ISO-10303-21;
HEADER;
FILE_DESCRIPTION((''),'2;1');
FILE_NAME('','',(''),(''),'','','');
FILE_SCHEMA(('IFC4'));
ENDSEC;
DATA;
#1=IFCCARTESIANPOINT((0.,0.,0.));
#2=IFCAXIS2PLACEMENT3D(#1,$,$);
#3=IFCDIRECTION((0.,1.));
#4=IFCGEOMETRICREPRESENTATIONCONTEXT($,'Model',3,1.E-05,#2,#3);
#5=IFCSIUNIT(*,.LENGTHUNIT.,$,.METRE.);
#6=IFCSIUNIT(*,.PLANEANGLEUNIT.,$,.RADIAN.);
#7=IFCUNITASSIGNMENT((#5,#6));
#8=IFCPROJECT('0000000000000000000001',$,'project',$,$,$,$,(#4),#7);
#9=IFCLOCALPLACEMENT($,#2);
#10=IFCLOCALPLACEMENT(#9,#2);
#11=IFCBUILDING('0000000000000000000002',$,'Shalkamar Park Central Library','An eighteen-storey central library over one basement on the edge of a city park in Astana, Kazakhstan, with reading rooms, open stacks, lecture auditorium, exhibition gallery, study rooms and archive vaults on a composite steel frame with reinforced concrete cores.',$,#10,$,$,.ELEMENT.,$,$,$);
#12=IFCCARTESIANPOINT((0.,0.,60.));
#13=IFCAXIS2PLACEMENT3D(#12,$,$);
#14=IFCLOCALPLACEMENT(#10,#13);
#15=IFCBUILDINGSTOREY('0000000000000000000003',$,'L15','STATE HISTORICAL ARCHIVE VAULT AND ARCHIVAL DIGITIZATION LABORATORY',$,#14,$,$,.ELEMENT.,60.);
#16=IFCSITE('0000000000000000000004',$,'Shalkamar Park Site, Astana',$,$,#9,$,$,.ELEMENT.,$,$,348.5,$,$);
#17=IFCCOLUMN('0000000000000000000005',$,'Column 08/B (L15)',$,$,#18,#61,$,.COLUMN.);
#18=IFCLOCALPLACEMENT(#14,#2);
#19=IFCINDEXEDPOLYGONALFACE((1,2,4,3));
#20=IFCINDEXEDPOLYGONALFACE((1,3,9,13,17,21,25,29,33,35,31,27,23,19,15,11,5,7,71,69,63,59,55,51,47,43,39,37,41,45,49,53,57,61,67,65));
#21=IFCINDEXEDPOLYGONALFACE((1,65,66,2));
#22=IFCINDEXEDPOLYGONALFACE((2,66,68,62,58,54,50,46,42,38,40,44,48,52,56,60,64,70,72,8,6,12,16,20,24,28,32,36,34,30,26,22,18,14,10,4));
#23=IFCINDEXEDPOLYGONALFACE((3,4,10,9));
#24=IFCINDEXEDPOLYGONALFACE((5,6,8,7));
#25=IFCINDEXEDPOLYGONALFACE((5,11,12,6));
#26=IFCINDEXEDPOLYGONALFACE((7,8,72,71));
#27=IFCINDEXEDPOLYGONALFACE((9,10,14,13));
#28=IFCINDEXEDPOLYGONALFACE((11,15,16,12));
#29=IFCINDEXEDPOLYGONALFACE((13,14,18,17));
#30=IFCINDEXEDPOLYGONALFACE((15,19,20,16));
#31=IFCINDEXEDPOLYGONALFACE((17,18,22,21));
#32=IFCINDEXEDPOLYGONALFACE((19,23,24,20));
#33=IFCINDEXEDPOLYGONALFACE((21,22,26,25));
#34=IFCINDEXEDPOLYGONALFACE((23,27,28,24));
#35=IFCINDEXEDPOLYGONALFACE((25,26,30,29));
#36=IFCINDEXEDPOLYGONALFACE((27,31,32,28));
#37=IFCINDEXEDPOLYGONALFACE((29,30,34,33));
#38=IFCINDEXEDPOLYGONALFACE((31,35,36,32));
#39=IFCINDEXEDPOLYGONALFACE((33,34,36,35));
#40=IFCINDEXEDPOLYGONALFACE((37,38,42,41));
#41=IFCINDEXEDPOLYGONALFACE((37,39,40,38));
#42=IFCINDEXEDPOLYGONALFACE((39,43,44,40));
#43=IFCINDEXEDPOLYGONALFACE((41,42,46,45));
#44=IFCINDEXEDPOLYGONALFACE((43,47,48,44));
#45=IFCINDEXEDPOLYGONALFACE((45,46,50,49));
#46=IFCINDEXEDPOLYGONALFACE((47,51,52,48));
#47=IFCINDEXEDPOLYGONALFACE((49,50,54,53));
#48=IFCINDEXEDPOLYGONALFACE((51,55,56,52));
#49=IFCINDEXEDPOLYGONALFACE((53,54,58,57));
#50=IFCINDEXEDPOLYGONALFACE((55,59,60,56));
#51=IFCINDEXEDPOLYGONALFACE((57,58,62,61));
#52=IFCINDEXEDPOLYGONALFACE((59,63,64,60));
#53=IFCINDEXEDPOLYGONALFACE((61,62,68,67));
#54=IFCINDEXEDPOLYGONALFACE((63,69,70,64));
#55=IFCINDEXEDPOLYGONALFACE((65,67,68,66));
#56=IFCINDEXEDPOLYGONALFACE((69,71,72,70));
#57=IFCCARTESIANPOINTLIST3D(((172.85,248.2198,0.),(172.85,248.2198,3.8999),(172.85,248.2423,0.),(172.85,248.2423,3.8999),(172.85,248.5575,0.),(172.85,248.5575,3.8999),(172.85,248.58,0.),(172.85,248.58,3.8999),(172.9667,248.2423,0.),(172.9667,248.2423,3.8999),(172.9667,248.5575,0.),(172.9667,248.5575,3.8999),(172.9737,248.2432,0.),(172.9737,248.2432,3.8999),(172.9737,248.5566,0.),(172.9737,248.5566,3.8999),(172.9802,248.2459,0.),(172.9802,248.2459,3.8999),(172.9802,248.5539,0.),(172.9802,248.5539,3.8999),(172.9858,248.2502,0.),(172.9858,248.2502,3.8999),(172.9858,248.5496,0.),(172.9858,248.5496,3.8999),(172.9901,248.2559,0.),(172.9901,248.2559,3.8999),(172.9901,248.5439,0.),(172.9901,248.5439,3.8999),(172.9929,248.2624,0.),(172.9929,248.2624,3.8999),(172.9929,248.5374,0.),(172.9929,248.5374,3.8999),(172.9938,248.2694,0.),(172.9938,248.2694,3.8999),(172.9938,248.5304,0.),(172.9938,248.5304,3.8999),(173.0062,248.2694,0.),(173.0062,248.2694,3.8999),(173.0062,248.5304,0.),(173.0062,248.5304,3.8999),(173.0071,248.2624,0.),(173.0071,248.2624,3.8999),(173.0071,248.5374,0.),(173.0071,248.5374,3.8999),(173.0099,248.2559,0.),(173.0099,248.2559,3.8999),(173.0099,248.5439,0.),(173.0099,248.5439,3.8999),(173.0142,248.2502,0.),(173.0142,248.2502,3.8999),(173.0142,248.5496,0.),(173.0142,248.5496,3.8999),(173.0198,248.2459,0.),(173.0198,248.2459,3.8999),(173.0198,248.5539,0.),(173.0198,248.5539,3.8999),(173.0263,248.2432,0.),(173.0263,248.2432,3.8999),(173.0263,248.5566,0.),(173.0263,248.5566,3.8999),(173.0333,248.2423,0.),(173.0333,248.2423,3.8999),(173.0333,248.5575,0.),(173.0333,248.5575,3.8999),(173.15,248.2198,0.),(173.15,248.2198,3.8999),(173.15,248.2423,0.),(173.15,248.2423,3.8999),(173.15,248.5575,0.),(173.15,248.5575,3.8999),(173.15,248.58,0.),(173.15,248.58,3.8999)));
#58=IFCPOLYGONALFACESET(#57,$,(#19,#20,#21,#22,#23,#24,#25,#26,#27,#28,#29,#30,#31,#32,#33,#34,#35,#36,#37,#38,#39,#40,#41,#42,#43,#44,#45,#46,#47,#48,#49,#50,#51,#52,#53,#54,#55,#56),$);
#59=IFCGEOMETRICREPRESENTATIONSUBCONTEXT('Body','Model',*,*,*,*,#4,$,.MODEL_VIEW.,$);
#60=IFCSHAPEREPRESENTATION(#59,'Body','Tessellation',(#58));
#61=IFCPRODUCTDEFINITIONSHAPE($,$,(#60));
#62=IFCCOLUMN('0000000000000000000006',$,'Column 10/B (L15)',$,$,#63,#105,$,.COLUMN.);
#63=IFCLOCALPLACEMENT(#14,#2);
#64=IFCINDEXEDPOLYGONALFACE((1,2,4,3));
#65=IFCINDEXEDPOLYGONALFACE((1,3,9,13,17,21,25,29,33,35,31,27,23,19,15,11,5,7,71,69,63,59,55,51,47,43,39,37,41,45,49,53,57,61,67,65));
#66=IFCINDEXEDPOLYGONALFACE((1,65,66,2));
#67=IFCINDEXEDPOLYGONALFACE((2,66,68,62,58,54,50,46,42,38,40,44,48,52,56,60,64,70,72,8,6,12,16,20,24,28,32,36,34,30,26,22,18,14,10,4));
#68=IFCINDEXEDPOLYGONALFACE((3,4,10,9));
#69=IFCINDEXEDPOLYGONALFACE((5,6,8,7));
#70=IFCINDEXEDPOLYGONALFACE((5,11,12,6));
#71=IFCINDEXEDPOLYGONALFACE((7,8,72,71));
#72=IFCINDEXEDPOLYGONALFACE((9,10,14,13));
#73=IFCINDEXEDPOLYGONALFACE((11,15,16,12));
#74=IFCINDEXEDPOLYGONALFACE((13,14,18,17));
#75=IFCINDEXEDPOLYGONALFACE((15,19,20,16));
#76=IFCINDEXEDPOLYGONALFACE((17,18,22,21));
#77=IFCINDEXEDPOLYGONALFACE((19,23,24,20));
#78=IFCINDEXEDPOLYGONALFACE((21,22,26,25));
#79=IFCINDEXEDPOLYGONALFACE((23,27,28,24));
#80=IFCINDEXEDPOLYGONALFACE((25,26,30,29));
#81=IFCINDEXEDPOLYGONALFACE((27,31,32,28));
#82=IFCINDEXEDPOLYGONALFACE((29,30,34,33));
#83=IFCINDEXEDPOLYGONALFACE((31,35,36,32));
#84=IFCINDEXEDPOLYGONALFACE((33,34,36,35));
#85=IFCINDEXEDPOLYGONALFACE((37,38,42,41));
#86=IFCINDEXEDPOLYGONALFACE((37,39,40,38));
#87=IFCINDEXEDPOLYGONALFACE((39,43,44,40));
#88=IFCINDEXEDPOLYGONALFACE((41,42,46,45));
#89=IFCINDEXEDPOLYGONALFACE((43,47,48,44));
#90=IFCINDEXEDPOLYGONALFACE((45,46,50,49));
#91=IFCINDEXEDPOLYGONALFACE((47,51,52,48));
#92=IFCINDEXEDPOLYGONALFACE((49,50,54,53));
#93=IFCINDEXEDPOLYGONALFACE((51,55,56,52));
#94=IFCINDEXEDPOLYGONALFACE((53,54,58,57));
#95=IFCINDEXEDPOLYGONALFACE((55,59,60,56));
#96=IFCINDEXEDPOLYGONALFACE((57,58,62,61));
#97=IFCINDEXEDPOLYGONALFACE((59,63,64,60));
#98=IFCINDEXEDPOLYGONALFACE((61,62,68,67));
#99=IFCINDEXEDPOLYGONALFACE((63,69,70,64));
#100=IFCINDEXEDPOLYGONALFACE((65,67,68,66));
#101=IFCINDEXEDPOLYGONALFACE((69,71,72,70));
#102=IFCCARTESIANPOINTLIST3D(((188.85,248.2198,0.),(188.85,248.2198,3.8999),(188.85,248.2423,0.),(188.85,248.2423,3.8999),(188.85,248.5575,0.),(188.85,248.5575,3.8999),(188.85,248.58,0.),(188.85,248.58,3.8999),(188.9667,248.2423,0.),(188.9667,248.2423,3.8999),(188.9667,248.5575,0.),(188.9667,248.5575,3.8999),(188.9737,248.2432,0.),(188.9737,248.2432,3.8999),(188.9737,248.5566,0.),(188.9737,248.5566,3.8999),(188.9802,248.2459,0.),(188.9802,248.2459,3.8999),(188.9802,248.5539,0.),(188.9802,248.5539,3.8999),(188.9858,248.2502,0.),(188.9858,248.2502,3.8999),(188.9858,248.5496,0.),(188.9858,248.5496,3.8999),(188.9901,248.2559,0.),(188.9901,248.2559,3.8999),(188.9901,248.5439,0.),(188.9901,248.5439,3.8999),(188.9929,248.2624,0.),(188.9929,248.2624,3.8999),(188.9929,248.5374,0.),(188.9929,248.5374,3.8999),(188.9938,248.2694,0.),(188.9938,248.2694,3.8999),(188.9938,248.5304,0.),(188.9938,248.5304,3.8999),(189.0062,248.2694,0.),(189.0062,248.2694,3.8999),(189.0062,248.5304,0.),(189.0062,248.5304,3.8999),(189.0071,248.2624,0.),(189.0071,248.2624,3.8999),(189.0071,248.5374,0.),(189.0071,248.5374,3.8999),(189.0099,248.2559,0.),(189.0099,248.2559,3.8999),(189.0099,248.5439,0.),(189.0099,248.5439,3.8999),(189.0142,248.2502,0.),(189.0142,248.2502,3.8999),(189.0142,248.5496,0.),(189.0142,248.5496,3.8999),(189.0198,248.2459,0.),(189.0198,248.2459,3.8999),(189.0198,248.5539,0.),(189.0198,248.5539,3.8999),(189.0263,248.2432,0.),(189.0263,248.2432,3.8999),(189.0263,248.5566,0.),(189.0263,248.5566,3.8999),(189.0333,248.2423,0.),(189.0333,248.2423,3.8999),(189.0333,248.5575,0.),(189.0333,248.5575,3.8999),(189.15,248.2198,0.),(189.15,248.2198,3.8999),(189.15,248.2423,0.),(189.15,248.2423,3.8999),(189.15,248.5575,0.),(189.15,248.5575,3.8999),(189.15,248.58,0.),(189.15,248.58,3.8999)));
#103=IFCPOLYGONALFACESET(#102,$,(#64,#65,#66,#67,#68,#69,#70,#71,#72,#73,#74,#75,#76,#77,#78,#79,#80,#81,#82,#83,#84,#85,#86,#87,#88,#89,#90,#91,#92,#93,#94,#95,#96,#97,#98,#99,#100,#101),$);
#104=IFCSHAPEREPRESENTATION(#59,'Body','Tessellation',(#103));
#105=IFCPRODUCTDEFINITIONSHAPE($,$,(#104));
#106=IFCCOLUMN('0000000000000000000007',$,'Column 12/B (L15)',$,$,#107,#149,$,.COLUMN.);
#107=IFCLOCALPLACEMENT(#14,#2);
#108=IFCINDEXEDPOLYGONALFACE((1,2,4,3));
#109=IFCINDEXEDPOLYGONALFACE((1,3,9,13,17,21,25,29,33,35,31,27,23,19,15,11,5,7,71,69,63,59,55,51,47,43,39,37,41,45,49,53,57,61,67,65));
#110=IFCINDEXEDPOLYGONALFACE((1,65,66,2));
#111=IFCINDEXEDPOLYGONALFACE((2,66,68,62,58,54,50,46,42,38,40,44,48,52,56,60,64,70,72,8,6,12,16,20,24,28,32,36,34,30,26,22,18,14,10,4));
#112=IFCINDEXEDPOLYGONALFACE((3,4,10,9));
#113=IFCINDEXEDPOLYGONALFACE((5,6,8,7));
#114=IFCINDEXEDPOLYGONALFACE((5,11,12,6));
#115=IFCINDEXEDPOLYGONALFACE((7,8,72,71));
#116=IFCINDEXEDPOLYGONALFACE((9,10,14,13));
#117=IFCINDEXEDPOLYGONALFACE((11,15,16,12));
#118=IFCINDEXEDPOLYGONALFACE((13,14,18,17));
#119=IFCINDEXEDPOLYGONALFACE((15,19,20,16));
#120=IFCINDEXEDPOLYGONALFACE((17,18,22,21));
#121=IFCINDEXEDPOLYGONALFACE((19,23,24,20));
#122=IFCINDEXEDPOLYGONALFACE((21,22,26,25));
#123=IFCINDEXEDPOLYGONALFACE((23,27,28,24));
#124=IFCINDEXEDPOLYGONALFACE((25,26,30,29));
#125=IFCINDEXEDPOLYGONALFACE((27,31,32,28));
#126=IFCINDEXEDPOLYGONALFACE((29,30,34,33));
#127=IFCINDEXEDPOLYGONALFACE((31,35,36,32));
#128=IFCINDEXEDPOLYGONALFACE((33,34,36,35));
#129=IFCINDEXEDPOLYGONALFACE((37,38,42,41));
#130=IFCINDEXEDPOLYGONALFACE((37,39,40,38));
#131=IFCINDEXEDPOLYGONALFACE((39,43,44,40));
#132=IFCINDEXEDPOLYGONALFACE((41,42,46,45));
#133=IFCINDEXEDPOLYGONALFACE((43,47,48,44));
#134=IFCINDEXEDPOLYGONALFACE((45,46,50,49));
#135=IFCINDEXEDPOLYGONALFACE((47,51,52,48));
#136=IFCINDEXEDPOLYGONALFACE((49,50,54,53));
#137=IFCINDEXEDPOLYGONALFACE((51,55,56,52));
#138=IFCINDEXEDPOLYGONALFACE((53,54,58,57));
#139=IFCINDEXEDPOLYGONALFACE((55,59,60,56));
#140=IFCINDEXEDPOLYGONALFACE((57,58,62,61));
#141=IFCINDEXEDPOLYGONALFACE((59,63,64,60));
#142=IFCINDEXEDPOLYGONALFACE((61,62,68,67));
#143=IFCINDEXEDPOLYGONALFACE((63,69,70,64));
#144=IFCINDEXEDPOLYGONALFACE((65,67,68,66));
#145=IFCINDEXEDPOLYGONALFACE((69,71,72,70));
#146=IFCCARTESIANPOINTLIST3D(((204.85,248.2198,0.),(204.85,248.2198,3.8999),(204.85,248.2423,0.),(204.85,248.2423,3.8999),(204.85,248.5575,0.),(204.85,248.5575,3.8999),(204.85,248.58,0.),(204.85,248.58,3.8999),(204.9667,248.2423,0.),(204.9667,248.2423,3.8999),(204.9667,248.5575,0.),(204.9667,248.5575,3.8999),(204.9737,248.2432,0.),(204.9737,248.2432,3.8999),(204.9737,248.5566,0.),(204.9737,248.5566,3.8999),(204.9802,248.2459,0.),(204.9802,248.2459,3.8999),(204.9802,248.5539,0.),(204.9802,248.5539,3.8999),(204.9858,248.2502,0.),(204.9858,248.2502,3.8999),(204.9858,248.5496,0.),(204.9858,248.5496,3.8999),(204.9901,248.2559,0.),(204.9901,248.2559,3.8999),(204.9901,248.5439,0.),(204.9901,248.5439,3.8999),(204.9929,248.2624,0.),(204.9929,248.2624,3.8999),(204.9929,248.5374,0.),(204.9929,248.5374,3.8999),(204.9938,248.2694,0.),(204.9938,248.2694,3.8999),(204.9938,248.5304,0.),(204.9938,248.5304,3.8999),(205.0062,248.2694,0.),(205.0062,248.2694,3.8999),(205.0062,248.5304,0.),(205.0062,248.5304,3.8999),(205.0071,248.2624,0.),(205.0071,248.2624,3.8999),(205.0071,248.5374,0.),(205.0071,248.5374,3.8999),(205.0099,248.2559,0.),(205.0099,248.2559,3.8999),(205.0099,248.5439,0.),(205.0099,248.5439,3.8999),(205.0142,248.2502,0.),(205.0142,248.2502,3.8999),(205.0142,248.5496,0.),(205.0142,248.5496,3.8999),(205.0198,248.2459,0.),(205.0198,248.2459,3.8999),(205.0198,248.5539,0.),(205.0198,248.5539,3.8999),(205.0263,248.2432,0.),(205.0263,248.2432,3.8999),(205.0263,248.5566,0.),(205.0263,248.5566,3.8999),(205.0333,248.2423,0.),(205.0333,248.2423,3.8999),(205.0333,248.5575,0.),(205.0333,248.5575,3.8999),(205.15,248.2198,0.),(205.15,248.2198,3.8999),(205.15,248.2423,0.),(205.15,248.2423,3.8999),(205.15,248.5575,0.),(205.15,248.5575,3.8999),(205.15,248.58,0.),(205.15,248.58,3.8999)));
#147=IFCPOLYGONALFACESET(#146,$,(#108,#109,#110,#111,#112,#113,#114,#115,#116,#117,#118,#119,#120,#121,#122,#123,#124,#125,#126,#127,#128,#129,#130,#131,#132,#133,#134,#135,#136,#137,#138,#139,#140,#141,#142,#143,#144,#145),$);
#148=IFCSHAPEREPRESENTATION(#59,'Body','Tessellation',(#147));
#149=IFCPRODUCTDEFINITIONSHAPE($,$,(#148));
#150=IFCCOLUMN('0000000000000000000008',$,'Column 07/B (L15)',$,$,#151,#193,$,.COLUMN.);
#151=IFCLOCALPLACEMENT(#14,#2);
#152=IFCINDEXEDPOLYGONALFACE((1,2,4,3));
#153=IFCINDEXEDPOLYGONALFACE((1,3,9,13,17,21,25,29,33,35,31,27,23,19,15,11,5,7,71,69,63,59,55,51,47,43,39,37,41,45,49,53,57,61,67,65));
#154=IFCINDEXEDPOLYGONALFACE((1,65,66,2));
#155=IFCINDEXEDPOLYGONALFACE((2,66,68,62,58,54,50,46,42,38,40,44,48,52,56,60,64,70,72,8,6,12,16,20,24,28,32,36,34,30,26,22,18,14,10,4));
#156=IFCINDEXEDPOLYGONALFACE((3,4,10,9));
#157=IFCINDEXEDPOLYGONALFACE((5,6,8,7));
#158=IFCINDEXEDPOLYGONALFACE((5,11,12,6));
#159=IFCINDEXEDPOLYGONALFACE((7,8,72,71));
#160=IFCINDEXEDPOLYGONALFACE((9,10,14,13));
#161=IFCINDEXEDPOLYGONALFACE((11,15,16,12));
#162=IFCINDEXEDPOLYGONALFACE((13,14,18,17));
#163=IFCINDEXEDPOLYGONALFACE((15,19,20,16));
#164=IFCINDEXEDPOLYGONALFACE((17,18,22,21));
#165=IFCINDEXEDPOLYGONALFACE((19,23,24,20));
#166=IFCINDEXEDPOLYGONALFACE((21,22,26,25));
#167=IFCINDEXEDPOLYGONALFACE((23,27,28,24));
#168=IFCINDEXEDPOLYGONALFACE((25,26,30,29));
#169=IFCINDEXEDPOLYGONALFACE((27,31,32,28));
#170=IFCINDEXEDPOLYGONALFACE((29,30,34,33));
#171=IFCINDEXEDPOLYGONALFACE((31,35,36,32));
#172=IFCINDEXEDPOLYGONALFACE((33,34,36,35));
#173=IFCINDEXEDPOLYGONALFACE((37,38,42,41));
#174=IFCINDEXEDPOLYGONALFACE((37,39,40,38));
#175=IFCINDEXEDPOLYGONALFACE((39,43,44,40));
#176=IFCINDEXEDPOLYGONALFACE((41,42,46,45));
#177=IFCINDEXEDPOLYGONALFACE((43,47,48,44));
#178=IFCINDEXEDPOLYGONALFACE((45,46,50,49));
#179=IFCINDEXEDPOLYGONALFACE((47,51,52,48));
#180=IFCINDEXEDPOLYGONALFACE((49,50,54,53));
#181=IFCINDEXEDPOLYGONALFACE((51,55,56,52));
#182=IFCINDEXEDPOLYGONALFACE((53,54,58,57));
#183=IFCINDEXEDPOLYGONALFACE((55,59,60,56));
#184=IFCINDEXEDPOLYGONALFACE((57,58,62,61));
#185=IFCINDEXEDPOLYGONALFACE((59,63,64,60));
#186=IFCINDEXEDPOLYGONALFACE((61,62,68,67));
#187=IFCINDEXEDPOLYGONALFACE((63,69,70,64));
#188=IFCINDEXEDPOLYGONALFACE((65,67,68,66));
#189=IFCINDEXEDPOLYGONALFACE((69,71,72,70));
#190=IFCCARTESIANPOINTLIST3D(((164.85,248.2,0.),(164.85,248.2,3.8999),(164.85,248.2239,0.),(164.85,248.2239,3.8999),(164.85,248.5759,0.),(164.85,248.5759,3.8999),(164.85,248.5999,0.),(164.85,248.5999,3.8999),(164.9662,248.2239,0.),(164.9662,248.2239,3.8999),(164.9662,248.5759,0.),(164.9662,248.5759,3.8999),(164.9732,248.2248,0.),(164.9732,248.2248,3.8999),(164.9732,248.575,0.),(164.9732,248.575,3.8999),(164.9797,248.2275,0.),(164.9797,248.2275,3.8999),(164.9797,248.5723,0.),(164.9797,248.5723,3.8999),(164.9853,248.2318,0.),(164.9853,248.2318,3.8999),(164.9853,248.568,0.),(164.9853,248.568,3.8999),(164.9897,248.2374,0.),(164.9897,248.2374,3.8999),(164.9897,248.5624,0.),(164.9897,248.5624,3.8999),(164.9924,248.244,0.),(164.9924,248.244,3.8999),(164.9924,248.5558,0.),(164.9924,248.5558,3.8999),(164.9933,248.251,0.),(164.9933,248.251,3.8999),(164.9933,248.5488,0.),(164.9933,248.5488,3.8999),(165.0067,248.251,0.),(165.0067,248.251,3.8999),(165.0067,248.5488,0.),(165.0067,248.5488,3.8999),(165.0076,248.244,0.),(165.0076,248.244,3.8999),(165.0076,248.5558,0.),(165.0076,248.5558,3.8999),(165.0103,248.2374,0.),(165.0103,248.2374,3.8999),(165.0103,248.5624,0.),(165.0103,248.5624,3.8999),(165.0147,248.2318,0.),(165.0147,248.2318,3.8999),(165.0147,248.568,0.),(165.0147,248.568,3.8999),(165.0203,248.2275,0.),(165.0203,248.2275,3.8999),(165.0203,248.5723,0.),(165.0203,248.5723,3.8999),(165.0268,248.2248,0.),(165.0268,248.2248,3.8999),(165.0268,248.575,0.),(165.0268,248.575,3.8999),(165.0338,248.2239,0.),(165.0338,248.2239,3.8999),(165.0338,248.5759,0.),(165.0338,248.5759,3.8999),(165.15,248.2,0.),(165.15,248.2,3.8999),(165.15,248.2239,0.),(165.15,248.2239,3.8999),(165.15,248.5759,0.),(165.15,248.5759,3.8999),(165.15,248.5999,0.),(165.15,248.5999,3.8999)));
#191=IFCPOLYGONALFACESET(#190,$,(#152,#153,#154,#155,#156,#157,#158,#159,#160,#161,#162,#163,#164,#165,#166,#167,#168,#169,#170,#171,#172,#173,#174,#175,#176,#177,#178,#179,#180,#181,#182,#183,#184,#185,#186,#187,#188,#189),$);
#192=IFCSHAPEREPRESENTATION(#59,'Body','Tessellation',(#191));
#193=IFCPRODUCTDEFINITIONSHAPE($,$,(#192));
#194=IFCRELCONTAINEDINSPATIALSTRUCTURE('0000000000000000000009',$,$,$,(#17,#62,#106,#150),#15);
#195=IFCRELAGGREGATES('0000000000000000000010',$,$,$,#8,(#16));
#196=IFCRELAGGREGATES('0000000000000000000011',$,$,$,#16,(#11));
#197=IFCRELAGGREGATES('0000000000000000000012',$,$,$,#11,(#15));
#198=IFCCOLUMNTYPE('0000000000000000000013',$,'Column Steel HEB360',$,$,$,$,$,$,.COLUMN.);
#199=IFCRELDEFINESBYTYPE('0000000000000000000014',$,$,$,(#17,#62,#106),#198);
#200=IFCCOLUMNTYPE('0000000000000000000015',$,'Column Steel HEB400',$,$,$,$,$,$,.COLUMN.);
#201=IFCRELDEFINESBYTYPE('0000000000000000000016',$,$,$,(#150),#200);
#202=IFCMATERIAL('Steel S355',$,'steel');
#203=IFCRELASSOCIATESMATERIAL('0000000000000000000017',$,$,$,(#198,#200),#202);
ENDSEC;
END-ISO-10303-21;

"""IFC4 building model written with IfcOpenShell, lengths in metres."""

from ifc_helpers import new_model, si_unit, direction, frame, origin, origin_2d, place, context, subcontext, project, spatial, i_section, extrude, material, material_profile, profile_set, type_object, element, save


model = new_model("IFC4")

# Units and contexts
model_context = context("Model", 3, precision=1e-05, world=origin(), true_north=direction((0.0, 1.0)))
body_context = subcontext(model_context, "Body", "Model", "MODEL_VIEW")
ifc_project = project(units=[si_unit("LENGTHUNIT", "METRE"), si_unit("PLANEANGLEUNIT", "RADIAN")], contexts=[model_context])

# Site, building, storey
site_placement = place(None, origin())
site = spatial("IfcSite", under=ifc_project, at=site_placement, Name="Shalkamar Park Site, Astana", CompositionType="ELEMENT", RefElevation=348.5)
building_placement = place(site_placement, origin())
building = spatial("IfcBuilding", under=site, at=building_placement, Name="Shalkamar Park Central Library", Description="An eighteen-storey central library over one basement on the edge of a city park in Astana, Kazakhstan, with reading rooms, open stacks, lecture auditorium, exhibition gallery, study rooms and archive vaults on a composite steel frame with reinforced concrete cores.", CompositionType="ELEMENT")
storey_placement = place(building_placement, frame((0.0, 0.0, 60.0)))
storey = spatial("IfcBuildingStorey", under=building, at=storey_placement, Name="L15", Description="STATE HISTORICAL ARCHIVE VAULT AND ARCHIVAL DIGITIZATION LABORATORY", CompositionType="ELEMENT", Elevation=60.0)

# Columns
ifc_material_1 = material(Name="Steel S355", Category="steel")
ifc_material_profile_1 = material_profile(ifc_material_1, i_section(OverallWidth=0.3, OverallDepth=0.3601, WebThickness=0.0125, FlangeThickness=0.0225, FilletRadius=0.0271, at=origin_2d()), Name="HEB 360")
ifc_profile_set_1 = profile_set([ifc_material_profile_1], Name="Steel S355")
column_type_1 = type_object("IfcColumnType", Name="Column Steel HEB360", PredefinedType="COLUMN", material=ifc_profile_set_1)
for number, where, z_axis, x_axis, name in (
    (1, (173.0, 248.3999, 0.0), (0.0, 0.0, 1.0), (1.0, 0.0, 0.0), "Column 08/B (L15)"),
    (2, (189.0, 248.3999, 0.0), (0.0, 0.0, 1.0), (1.0, 0.0, 0.0), "Column 10/B (L15)"),
    (3, (205.0, 248.3999, 0.0), (0.0, 0.0, 1.0), (1.0, 0.0, 0.0), "Column 12/B (L15)"),
):
    element("IfcColumn", number, at=place(storey_placement, frame(where, z_axis=z_axis, x_axis=x_axis)), inside=storey, type_object=column_type_1, Name=name, PredefinedType="COLUMN", context=body_context, shape_type="SweptSolid", body=[
        extrude(i_section(OverallWidth=0.3, OverallDepth=0.3601, WebThickness=0.0125, FlangeThickness=0.0225, FilletRadius=0.0271, at=origin_2d()), origin(), (0.0, 0.0, 1.0), 3.8999),
    ])
ifc_material_profile_2 = material_profile(ifc_material_1, i_section(OverallWidth=0.3, OverallDepth=0.3999, WebThickness=0.0134, FlangeThickness=0.0239, FilletRadius=0.0271, at=origin_2d()), Name="HEB 400")
ifc_profile_set_2 = profile_set([ifc_material_profile_2], Name="Steel S355")
column_type_2 = type_object("IfcColumnType", Name="Column Steel HEB400", PredefinedType="COLUMN", material=ifc_profile_set_2)
for number, where, z_axis, x_axis, name in (
    (4, (165.0, 248.3999, 0.0), (0.0, 0.0, 1.0), (1.0, 0.0, 0.0), "Column 07/B (L15)"),
):
    element("IfcColumn", number, at=place(storey_placement, frame(where, z_axis=z_axis, x_axis=x_axis)), inside=storey, type_object=column_type_2, Name=name, PredefinedType="COLUMN", context=body_context, shape_type="SweptSolid", body=[
        extrude(i_section(OverallWidth=0.3, OverallDepth=0.3999, WebThickness=0.0134, FlangeThickness=0.0239, FilletRadius=0.0271, at=origin_2d()), origin(), (0.0, 0.0, 1.0), 3.8999),
    ])

save(model, "model.ifc")
